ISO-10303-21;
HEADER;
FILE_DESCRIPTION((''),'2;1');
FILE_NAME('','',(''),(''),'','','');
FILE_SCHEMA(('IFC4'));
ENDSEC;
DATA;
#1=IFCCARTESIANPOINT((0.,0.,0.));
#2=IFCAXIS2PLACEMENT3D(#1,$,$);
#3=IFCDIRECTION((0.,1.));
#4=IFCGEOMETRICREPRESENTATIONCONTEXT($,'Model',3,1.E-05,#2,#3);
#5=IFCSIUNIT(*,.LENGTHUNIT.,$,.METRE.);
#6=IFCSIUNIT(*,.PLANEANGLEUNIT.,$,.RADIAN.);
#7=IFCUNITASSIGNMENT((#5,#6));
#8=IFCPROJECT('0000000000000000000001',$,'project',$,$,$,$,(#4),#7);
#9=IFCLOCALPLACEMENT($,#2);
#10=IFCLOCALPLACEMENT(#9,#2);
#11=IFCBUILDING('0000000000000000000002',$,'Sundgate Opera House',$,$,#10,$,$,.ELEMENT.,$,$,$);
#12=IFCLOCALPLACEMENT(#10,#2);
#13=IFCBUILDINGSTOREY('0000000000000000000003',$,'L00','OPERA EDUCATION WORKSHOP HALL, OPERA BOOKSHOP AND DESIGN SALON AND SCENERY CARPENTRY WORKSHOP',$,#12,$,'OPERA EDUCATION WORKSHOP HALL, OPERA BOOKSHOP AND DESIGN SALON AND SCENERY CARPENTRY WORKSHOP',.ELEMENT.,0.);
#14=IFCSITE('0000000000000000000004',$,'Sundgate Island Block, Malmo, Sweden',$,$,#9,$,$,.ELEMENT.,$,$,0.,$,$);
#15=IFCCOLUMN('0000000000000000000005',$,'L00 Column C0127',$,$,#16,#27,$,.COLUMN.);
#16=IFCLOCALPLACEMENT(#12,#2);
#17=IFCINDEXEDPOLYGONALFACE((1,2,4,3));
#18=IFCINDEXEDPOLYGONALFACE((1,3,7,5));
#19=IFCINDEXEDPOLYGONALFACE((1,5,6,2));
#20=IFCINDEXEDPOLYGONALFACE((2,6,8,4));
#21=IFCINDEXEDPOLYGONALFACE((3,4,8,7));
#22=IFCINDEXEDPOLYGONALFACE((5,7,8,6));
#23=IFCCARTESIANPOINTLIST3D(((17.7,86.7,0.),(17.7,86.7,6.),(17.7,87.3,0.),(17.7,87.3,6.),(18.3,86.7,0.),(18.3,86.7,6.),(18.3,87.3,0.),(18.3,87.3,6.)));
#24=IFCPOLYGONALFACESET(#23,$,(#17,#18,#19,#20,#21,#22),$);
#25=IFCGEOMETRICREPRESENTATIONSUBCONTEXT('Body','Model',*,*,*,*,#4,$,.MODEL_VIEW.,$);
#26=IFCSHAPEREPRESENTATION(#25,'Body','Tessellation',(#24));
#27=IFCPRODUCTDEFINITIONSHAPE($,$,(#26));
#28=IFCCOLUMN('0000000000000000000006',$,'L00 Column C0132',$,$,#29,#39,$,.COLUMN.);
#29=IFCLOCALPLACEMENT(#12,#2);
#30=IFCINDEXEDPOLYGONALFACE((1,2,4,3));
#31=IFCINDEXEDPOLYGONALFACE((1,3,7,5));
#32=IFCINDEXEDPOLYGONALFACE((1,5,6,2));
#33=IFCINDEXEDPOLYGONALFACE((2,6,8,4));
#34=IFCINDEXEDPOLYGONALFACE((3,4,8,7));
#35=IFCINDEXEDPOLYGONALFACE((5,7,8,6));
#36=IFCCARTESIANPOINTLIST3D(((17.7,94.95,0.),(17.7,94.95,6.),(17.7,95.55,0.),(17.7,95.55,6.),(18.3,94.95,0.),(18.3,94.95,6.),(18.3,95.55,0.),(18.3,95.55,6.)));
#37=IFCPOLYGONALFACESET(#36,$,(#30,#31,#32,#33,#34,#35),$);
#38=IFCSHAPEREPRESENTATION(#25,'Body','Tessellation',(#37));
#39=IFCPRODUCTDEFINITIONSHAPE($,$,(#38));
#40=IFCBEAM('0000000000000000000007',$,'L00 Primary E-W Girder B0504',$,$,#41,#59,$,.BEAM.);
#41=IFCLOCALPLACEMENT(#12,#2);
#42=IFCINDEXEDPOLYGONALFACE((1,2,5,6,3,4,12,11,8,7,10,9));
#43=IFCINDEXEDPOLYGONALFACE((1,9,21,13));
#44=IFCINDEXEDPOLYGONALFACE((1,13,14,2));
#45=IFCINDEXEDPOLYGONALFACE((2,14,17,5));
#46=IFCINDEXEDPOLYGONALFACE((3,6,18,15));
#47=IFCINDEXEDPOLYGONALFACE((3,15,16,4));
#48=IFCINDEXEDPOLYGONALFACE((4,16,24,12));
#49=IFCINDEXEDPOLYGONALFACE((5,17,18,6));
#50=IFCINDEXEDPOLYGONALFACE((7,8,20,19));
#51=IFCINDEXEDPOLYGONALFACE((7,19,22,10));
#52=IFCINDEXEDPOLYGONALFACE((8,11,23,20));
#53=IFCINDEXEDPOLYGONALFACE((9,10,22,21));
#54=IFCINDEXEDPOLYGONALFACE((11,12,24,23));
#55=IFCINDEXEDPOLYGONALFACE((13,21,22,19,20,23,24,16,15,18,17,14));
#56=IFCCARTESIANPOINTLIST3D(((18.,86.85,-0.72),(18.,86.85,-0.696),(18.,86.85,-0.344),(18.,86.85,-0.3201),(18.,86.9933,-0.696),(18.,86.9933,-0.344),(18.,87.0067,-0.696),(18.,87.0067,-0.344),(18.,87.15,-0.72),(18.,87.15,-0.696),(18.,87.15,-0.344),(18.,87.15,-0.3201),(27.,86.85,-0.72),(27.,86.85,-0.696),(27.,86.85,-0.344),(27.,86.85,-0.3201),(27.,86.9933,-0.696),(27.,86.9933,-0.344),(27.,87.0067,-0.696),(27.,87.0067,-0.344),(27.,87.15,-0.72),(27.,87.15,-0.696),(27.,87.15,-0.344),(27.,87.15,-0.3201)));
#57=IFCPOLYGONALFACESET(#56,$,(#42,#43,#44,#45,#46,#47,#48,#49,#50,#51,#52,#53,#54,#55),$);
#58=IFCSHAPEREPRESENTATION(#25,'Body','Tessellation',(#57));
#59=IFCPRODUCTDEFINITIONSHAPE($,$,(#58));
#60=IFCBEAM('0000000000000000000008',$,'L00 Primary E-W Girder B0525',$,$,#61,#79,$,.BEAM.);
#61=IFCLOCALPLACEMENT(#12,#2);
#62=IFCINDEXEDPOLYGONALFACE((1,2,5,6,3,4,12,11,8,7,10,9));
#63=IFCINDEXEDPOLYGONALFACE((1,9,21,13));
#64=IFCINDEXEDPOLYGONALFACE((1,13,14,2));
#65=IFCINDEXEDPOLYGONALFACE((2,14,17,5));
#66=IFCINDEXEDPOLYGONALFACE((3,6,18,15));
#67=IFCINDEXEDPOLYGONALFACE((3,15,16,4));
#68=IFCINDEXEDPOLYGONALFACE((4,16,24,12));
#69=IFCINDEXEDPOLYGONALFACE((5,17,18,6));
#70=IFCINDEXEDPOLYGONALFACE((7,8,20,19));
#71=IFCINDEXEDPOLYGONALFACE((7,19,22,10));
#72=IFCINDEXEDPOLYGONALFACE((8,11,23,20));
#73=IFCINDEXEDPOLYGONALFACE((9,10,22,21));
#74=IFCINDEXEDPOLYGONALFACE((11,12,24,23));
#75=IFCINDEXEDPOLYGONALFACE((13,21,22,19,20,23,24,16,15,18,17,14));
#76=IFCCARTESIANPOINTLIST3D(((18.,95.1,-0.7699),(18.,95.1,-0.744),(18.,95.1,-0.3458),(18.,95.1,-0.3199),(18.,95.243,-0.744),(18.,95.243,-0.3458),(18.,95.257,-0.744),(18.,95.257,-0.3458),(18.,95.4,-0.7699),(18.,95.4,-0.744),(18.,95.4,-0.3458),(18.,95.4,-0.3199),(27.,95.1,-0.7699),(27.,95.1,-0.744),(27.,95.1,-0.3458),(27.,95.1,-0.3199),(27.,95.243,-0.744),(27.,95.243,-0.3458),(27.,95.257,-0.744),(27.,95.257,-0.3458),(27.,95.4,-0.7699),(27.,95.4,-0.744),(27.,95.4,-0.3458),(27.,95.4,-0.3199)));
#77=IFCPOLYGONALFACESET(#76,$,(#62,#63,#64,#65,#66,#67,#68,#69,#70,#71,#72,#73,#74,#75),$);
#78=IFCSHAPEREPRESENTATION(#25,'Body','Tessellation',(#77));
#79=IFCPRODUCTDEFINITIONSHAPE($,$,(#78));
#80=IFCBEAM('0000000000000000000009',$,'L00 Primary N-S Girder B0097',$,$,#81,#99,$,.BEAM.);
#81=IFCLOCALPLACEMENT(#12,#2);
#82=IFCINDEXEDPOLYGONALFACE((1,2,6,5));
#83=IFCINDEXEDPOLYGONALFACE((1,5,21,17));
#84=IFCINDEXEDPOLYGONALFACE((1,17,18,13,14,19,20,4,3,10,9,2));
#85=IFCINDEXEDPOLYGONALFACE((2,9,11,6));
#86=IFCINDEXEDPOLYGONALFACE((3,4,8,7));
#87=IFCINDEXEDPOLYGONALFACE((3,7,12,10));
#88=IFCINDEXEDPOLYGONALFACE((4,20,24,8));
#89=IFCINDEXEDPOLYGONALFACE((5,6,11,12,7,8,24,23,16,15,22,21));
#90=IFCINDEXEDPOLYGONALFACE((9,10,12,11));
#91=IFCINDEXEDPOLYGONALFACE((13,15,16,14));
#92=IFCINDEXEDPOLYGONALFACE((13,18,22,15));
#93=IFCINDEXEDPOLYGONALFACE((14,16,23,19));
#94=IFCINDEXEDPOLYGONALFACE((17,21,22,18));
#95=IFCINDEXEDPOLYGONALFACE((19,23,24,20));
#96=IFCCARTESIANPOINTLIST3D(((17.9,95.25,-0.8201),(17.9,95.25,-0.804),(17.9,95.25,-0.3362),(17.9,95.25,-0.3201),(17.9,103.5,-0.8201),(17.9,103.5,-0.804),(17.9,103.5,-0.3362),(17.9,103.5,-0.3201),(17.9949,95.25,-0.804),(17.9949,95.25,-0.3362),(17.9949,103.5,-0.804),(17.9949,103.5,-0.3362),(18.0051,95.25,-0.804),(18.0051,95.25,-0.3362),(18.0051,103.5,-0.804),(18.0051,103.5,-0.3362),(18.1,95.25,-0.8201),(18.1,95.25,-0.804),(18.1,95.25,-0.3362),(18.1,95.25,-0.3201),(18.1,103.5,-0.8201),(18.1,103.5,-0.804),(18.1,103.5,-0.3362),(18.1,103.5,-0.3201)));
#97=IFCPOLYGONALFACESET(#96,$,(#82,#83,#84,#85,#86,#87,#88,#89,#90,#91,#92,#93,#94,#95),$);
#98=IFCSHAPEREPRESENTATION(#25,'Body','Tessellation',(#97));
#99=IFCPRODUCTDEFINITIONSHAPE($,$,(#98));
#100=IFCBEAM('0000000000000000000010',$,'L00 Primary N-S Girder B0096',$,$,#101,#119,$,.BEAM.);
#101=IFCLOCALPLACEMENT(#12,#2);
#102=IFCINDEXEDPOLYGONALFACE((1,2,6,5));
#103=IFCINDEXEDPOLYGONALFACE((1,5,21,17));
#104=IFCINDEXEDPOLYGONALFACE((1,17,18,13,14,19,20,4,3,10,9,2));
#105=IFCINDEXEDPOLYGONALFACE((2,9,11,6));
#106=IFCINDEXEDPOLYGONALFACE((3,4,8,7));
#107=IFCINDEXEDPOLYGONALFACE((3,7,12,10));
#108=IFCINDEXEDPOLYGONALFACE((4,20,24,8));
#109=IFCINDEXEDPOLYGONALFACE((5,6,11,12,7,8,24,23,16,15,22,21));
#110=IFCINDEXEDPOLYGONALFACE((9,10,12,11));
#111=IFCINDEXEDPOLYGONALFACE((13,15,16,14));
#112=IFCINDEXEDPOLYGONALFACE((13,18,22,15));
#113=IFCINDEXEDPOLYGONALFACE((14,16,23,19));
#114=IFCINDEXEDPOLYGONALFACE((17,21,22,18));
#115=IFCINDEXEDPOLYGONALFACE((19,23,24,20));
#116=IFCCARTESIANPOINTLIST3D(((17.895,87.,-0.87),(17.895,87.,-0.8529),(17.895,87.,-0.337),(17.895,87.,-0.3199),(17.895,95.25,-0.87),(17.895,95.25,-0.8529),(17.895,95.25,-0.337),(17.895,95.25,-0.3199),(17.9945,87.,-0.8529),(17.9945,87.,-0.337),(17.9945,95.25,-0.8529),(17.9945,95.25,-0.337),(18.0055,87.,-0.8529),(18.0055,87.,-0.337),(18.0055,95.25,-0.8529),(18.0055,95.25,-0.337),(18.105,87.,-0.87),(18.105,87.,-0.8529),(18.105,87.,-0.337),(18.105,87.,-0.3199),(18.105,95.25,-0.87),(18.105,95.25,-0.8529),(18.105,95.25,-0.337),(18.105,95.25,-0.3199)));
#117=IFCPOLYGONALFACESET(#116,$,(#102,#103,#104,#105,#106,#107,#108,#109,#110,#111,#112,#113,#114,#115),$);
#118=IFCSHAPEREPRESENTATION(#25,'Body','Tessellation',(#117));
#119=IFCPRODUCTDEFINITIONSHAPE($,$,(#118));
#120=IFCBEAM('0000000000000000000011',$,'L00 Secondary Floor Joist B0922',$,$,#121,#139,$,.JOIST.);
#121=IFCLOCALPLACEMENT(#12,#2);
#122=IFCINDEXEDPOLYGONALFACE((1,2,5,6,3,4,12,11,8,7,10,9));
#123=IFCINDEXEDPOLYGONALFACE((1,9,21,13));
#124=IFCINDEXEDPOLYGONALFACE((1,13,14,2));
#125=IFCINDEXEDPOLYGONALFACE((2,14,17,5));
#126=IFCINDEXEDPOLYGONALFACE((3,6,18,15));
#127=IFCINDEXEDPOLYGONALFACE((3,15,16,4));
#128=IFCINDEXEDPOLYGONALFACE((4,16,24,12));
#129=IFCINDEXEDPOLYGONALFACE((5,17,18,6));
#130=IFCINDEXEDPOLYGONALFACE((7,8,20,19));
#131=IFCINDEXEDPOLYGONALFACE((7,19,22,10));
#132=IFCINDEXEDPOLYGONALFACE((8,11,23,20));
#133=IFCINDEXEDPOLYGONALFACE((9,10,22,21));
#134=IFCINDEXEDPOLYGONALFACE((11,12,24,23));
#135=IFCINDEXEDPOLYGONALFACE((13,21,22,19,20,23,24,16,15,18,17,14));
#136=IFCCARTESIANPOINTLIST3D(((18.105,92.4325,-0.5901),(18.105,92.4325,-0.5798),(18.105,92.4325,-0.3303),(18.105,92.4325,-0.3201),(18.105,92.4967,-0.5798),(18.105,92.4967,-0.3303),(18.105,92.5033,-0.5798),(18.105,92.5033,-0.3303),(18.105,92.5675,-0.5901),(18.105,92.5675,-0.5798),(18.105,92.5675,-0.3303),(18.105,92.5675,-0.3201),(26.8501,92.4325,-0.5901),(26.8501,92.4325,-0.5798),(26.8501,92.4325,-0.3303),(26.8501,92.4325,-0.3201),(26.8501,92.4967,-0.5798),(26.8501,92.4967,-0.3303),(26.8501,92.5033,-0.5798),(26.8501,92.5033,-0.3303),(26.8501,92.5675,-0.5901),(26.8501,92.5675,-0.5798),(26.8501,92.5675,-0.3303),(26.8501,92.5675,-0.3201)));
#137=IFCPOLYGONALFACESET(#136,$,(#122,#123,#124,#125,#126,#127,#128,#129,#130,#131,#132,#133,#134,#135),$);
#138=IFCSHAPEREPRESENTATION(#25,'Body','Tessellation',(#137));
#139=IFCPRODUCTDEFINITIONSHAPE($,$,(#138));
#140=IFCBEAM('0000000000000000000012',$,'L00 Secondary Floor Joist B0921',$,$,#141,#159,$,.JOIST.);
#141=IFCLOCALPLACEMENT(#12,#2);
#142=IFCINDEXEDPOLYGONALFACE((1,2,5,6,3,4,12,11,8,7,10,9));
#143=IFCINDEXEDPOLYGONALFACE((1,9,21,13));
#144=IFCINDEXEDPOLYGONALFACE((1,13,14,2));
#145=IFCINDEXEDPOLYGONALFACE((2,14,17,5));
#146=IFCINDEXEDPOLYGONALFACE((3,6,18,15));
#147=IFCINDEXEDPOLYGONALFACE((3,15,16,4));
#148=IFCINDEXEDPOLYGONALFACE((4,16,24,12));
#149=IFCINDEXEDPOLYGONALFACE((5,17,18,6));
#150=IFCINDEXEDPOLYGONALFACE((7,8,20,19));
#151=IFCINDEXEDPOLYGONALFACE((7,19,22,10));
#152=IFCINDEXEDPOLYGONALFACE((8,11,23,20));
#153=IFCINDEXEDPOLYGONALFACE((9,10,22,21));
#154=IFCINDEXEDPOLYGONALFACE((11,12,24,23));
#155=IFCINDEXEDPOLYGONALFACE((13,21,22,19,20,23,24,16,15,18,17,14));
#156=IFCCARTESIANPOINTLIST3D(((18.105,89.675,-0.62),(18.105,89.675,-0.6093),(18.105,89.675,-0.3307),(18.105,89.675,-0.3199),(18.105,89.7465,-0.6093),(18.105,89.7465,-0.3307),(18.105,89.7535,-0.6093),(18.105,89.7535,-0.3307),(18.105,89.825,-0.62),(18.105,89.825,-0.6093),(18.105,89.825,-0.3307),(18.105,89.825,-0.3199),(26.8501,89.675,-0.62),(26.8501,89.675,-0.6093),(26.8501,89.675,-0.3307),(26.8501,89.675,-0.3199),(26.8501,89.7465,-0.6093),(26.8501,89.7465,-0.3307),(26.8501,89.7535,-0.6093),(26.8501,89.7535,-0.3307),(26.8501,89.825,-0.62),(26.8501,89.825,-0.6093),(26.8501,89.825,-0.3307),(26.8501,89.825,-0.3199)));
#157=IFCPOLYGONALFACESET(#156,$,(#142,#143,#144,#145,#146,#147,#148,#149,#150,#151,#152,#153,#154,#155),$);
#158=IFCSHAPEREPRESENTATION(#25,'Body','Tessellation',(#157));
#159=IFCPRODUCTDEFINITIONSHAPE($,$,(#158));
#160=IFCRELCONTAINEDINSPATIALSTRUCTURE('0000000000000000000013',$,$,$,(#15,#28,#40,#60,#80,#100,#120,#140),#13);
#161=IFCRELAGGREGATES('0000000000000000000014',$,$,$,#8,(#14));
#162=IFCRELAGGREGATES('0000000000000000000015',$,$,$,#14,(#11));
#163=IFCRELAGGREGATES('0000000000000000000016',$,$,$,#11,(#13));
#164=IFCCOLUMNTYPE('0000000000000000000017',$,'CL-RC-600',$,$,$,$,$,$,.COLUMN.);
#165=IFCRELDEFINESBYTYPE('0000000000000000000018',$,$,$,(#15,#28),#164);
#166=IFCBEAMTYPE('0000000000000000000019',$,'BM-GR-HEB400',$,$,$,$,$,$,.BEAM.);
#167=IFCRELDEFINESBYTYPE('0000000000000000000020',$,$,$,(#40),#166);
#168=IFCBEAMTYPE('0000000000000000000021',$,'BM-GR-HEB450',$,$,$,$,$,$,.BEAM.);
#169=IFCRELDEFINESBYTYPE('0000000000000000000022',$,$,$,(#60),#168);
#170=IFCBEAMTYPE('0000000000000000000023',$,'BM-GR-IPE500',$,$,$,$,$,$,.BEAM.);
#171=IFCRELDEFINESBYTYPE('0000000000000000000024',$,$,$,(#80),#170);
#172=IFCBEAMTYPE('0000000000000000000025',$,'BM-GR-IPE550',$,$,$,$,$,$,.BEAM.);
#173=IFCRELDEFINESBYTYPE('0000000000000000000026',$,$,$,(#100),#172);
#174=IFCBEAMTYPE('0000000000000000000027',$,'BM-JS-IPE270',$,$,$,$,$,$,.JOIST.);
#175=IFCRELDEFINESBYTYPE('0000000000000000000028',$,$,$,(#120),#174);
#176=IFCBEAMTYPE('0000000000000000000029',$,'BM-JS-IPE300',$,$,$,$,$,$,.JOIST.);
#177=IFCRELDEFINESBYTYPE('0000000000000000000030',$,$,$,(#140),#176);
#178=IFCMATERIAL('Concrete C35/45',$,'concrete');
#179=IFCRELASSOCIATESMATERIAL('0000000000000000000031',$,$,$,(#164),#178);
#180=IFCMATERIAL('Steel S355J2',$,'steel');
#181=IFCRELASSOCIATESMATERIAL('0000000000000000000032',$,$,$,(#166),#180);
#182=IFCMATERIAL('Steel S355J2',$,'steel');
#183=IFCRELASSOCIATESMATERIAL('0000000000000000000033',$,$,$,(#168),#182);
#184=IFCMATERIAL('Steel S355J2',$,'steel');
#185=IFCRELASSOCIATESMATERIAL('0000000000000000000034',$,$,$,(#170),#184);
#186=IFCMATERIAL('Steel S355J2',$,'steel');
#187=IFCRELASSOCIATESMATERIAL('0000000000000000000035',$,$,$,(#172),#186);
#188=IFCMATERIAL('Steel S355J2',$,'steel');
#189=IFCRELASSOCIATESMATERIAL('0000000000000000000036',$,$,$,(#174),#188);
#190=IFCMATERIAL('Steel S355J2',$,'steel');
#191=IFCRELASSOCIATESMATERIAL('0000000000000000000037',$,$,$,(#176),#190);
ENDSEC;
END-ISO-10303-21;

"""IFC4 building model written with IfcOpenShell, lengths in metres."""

from ifc_helpers import new_model, si_unit, direction, frame, origin, origin_2d, place, context, subcontext, project, spatial, rectangle, i_section, extrude, material, material_profile, profile_set, type_object, element, save


model = new_model("IFC4")

# Units and contexts
model_context = context("Model", 3, precision=1e-05, world=origin(), true_north=direction((0.0, 1.0)))
body_context = subcontext(model_context, "Body", "Model", "MODEL_VIEW")
ifc_project = project(units=[si_unit("LENGTHUNIT", "METRE"), si_unit("PLANEANGLEUNIT", "RADIAN")], contexts=[model_context])

# Site, building, storey
site_placement = place(None, origin())
site = spatial("IfcSite", under=ifc_project, at=site_placement, Name="Sundgate Island Block, Malmo, Sweden", CompositionType="ELEMENT", RefElevation=0.0)
building_placement = place(site_placement, origin())
building = spatial("IfcBuilding", under=site, at=building_placement, Name="Sundgate Opera House", CompositionType="ELEMENT")
storey_placement = place(building_placement, origin())
storey = spatial("IfcBuildingStorey", under=building, at=storey_placement, Name="L00", Description="OPERA EDUCATION WORKSHOP HALL, OPERA BOOKSHOP AND DESIGN SALON AND SCENERY CARPENTRY WORKSHOP", LongName="OPERA EDUCATION WORKSHOP HALL, OPERA BOOKSHOP AND DESIGN SALON AND SCENERY CARPENTRY WORKSHOP", CompositionType="ELEMENT", Elevation=0.0)

# Columns
ifc_material_1 = material(Name="Concrete C35/45", Category="concrete")
ifc_material_profile_1 = material_profile(ifc_material_1, rectangle(XDim=0.6001, YDim=0.6001, at=origin_2d()), Name="RC 600x600")
ifc_profile_set_1 = profile_set([ifc_material_profile_1], Name="Concrete C35/45")
column_type = type_object("IfcColumnType", Name="CL-RC-600", PredefinedType="COLUMN", material=ifc_profile_set_1)
for number, where, z_axis, x_axis, name in (
    (1, (18.0, 87.0, 0.0), (0.0, 0.0, 1.0), (1.0, 0.0, 0.0), "L00 Column C0127"),
    (2, (18.0, 95.25, 0.0), (0.0, 0.0, 1.0), (1.0, 0.0, 0.0), "L00 Column C0132"),
):
    element("IfcColumn", number, at=place(storey_placement, frame(where, z_axis=z_axis, x_axis=x_axis)), inside=storey, type_object=column_type, Name=name, PredefinedType="COLUMN", context=body_context, shape_type="SweptSolid", body=[
        extrude(rectangle(XDim=0.6001, YDim=0.6001, at=origin_2d()), origin(), (0.0, 0.0, 1.0), 6.0),
    ])

# Beams
ifc_material_2 = material(Name="Steel S355J2", Category="steel")
ifc_material_profile_2 = material_profile(ifc_material_2, i_section(OverallWidth=0.3, OverallDepth=0.3999, WebThickness=0.0134, FlangeThickness=0.0239, at=origin_2d()), Name="HEB 400")
ifc_profile_set_2 = profile_set([ifc_material_profile_2], Name="Steel S355J2")
beam_type_1 = type_object("IfcBeamType", Name="BM-GR-HEB400", PredefinedType="BEAM", material=ifc_profile_set_2)
beam_1_placement = place(storey_placement, frame((18.0, 87.0, -0.52), z_axis=(1.0, 0.0, 0.0), x_axis=(0.0, 1.0, 0.0)))
element("IfcBeam", 3, at=beam_1_placement, inside=storey, type_object=beam_type_1, Name="L00 Primary E-W Girder B0504", PredefinedType="BEAM", context=body_context, shape_type="SweptSolid", body=[
    extrude(i_section(OverallWidth=0.3, OverallDepth=0.3999, WebThickness=0.0134, FlangeThickness=0.0239, at=origin_2d()), origin(), (0.0, 0.0, 1.0), 9.0),
])
ifc_material_3 = material(Name="Steel S355J2", Category="steel")
ifc_material_profile_3 = material_profile(ifc_material_3, i_section(OverallWidth=0.3, OverallDepth=0.45, WebThickness=0.0139, FlangeThickness=0.0259, at=origin_2d()), Name="HEB 450")
ifc_profile_set_3 = profile_set([ifc_material_profile_3], Name="Steel S355J2")
beam_type_2 = type_object("IfcBeamType", Name="BM-GR-HEB450", PredefinedType="BEAM", material=ifc_profile_set_3)
beam_2_placement = place(storey_placement, frame((18.0, 95.25, -0.5449), z_axis=(1.0, 0.0, 0.0), x_axis=(0.0, 1.0, 0.0)))
element("IfcBeam", 4, at=beam_2_placement, inside=storey, type_object=beam_type_2, Name="L00 Primary E-W Girder B0525", PredefinedType="BEAM", context=body_context, shape_type="SweptSolid", body=[
    extrude(i_section(OverallWidth=0.3, OverallDepth=0.45, WebThickness=0.0139, FlangeThickness=0.0259, at=origin_2d()), origin(), (0.0, 0.0, 1.0), 9.0),
])
ifc_material_4 = material(Name="Steel S355J2", Category="steel")
ifc_material_profile_4 = material_profile(ifc_material_4, i_section(OverallWidth=0.2, OverallDepth=0.5, WebThickness=0.0103, FlangeThickness=0.0161, at=origin_2d()), Name="IPE 500")
ifc_profile_set_4 = profile_set([ifc_material_profile_4], Name="Steel S355J2")
beam_type_3 = type_object("IfcBeamType", Name="BM-GR-IPE500", PredefinedType="BEAM", material=ifc_profile_set_4)
beam_3_placement = place(storey_placement, frame((18.0, 95.25, -0.5701), z_axis=(0.0, 1.0, 0.0), x_axis=(-1.0, 0.0, 0.0)))
element("IfcBeam", 5, at=beam_3_placement, inside=storey, type_object=beam_type_3, Name="L00 Primary N-S Girder B0097", PredefinedType="BEAM", context=body_context, shape_type="SweptSolid", body=[
    extrude(i_section(OverallWidth=0.2, OverallDepth=0.5, WebThickness=0.0103, FlangeThickness=0.0161, at=origin_2d()), origin(), (0.0, 0.0, 1.0), 8.25),
])
ifc_material_5 = material(Name="Steel S355J2", Category="steel")
ifc_material_profile_5 = material_profile(ifc_material_5, i_section(OverallWidth=0.21, OverallDepth=0.55, WebThickness=0.011, FlangeThickness=0.0171, at=origin_2d()), Name="IPE 550")
ifc_profile_set_5 = profile_set([ifc_material_profile_5], Name="Steel S355J2")
beam_type_4 = type_object("IfcBeamType", Name="BM-GR-IPE550", PredefinedType="BEAM", material=ifc_profile_set_5)
beam_4_placement = place(storey_placement, frame((18.0, 87.0, -0.595), z_axis=(0.0, 1.0, 0.0), x_axis=(-1.0, 0.0, 0.0)))
element("IfcBeam", 6, at=beam_4_placement, inside=storey, type_object=beam_type_4, Name="L00 Primary N-S Girder B0096", PredefinedType="BEAM", context=body_context, shape_type="SweptSolid", body=[
    extrude(i_section(OverallWidth=0.21, OverallDepth=0.55, WebThickness=0.011, FlangeThickness=0.0171, at=origin_2d()), origin(), (0.0, 0.0, 1.0), 8.25),
])
ifc_material_6 = material(Name="Steel S355J2", Category="steel")
ifc_material_profile_6 = material_profile(ifc_material_6, i_section(OverallWidth=0.135, OverallDepth=0.27, WebThickness=0.0066, FlangeThickness=0.0103, at=origin_2d()), Name="IPE 270")
ifc_profile_set_6 = profile_set([ifc_material_profile_6], Name="Steel S355J2")
beam_type_5 = type_object("IfcBeamType", Name="BM-JS-IPE270", PredefinedType="JOIST", material=ifc_profile_set_6)
beam_5_placement = place(storey_placement, frame((18.105, 92.5, -0.4551), z_axis=(1.0, 0.0, 0.0), x_axis=(0.0, 1.0, 0.0)))
element("IfcBeam", 7, at=beam_5_placement, inside=storey, type_object=beam_type_5, Name="L00 Secondary Floor Joist B0922", PredefinedType="JOIST", context=body_context, shape_type="SweptSolid", body=[
    extrude(i_section(OverallWidth=0.135, OverallDepth=0.27, WebThickness=0.0066, FlangeThickness=0.0103, at=origin_2d()), origin(), (0.0, 0.0, 1.0), 8.7451),
])
ifc_material_7 = material(Name="Steel S355J2", Category="steel")
ifc_material_profile_7 = material_profile(ifc_material_7, i_section(OverallWidth=0.1499, OverallDepth=0.3, WebThickness=0.0071, FlangeThickness=0.0107, at=origin_2d()), Name="IPE 300")
ifc_profile_set_7 = profile_set([ifc_material_profile_7], Name="Steel S355J2")
beam_type_6 = type_object("IfcBeamType", Name="BM-JS-IPE300", PredefinedType="JOIST", material=ifc_profile_set_7)
beam_6_placement = place(storey_placement, frame((18.105, 89.75, -0.47), z_axis=(1.0, 0.0, 0.0), x_axis=(0.0, 1.0, 0.0)))
element("IfcBeam", 8, at=beam_6_placement, inside=storey, type_object=beam_type_6, Name="L00 Secondary Floor Joist B0921", PredefinedType="JOIST", context=body_context, shape_type="SweptSolid", body=[
    extrude(i_section(OverallWidth=0.1499, OverallDepth=0.3, WebThickness=0.0071, FlangeThickness=0.0107, at=origin_2d()), origin(), (0.0, 0.0, 1.0), 8.7451),
])

save(model, "model.ifc")
